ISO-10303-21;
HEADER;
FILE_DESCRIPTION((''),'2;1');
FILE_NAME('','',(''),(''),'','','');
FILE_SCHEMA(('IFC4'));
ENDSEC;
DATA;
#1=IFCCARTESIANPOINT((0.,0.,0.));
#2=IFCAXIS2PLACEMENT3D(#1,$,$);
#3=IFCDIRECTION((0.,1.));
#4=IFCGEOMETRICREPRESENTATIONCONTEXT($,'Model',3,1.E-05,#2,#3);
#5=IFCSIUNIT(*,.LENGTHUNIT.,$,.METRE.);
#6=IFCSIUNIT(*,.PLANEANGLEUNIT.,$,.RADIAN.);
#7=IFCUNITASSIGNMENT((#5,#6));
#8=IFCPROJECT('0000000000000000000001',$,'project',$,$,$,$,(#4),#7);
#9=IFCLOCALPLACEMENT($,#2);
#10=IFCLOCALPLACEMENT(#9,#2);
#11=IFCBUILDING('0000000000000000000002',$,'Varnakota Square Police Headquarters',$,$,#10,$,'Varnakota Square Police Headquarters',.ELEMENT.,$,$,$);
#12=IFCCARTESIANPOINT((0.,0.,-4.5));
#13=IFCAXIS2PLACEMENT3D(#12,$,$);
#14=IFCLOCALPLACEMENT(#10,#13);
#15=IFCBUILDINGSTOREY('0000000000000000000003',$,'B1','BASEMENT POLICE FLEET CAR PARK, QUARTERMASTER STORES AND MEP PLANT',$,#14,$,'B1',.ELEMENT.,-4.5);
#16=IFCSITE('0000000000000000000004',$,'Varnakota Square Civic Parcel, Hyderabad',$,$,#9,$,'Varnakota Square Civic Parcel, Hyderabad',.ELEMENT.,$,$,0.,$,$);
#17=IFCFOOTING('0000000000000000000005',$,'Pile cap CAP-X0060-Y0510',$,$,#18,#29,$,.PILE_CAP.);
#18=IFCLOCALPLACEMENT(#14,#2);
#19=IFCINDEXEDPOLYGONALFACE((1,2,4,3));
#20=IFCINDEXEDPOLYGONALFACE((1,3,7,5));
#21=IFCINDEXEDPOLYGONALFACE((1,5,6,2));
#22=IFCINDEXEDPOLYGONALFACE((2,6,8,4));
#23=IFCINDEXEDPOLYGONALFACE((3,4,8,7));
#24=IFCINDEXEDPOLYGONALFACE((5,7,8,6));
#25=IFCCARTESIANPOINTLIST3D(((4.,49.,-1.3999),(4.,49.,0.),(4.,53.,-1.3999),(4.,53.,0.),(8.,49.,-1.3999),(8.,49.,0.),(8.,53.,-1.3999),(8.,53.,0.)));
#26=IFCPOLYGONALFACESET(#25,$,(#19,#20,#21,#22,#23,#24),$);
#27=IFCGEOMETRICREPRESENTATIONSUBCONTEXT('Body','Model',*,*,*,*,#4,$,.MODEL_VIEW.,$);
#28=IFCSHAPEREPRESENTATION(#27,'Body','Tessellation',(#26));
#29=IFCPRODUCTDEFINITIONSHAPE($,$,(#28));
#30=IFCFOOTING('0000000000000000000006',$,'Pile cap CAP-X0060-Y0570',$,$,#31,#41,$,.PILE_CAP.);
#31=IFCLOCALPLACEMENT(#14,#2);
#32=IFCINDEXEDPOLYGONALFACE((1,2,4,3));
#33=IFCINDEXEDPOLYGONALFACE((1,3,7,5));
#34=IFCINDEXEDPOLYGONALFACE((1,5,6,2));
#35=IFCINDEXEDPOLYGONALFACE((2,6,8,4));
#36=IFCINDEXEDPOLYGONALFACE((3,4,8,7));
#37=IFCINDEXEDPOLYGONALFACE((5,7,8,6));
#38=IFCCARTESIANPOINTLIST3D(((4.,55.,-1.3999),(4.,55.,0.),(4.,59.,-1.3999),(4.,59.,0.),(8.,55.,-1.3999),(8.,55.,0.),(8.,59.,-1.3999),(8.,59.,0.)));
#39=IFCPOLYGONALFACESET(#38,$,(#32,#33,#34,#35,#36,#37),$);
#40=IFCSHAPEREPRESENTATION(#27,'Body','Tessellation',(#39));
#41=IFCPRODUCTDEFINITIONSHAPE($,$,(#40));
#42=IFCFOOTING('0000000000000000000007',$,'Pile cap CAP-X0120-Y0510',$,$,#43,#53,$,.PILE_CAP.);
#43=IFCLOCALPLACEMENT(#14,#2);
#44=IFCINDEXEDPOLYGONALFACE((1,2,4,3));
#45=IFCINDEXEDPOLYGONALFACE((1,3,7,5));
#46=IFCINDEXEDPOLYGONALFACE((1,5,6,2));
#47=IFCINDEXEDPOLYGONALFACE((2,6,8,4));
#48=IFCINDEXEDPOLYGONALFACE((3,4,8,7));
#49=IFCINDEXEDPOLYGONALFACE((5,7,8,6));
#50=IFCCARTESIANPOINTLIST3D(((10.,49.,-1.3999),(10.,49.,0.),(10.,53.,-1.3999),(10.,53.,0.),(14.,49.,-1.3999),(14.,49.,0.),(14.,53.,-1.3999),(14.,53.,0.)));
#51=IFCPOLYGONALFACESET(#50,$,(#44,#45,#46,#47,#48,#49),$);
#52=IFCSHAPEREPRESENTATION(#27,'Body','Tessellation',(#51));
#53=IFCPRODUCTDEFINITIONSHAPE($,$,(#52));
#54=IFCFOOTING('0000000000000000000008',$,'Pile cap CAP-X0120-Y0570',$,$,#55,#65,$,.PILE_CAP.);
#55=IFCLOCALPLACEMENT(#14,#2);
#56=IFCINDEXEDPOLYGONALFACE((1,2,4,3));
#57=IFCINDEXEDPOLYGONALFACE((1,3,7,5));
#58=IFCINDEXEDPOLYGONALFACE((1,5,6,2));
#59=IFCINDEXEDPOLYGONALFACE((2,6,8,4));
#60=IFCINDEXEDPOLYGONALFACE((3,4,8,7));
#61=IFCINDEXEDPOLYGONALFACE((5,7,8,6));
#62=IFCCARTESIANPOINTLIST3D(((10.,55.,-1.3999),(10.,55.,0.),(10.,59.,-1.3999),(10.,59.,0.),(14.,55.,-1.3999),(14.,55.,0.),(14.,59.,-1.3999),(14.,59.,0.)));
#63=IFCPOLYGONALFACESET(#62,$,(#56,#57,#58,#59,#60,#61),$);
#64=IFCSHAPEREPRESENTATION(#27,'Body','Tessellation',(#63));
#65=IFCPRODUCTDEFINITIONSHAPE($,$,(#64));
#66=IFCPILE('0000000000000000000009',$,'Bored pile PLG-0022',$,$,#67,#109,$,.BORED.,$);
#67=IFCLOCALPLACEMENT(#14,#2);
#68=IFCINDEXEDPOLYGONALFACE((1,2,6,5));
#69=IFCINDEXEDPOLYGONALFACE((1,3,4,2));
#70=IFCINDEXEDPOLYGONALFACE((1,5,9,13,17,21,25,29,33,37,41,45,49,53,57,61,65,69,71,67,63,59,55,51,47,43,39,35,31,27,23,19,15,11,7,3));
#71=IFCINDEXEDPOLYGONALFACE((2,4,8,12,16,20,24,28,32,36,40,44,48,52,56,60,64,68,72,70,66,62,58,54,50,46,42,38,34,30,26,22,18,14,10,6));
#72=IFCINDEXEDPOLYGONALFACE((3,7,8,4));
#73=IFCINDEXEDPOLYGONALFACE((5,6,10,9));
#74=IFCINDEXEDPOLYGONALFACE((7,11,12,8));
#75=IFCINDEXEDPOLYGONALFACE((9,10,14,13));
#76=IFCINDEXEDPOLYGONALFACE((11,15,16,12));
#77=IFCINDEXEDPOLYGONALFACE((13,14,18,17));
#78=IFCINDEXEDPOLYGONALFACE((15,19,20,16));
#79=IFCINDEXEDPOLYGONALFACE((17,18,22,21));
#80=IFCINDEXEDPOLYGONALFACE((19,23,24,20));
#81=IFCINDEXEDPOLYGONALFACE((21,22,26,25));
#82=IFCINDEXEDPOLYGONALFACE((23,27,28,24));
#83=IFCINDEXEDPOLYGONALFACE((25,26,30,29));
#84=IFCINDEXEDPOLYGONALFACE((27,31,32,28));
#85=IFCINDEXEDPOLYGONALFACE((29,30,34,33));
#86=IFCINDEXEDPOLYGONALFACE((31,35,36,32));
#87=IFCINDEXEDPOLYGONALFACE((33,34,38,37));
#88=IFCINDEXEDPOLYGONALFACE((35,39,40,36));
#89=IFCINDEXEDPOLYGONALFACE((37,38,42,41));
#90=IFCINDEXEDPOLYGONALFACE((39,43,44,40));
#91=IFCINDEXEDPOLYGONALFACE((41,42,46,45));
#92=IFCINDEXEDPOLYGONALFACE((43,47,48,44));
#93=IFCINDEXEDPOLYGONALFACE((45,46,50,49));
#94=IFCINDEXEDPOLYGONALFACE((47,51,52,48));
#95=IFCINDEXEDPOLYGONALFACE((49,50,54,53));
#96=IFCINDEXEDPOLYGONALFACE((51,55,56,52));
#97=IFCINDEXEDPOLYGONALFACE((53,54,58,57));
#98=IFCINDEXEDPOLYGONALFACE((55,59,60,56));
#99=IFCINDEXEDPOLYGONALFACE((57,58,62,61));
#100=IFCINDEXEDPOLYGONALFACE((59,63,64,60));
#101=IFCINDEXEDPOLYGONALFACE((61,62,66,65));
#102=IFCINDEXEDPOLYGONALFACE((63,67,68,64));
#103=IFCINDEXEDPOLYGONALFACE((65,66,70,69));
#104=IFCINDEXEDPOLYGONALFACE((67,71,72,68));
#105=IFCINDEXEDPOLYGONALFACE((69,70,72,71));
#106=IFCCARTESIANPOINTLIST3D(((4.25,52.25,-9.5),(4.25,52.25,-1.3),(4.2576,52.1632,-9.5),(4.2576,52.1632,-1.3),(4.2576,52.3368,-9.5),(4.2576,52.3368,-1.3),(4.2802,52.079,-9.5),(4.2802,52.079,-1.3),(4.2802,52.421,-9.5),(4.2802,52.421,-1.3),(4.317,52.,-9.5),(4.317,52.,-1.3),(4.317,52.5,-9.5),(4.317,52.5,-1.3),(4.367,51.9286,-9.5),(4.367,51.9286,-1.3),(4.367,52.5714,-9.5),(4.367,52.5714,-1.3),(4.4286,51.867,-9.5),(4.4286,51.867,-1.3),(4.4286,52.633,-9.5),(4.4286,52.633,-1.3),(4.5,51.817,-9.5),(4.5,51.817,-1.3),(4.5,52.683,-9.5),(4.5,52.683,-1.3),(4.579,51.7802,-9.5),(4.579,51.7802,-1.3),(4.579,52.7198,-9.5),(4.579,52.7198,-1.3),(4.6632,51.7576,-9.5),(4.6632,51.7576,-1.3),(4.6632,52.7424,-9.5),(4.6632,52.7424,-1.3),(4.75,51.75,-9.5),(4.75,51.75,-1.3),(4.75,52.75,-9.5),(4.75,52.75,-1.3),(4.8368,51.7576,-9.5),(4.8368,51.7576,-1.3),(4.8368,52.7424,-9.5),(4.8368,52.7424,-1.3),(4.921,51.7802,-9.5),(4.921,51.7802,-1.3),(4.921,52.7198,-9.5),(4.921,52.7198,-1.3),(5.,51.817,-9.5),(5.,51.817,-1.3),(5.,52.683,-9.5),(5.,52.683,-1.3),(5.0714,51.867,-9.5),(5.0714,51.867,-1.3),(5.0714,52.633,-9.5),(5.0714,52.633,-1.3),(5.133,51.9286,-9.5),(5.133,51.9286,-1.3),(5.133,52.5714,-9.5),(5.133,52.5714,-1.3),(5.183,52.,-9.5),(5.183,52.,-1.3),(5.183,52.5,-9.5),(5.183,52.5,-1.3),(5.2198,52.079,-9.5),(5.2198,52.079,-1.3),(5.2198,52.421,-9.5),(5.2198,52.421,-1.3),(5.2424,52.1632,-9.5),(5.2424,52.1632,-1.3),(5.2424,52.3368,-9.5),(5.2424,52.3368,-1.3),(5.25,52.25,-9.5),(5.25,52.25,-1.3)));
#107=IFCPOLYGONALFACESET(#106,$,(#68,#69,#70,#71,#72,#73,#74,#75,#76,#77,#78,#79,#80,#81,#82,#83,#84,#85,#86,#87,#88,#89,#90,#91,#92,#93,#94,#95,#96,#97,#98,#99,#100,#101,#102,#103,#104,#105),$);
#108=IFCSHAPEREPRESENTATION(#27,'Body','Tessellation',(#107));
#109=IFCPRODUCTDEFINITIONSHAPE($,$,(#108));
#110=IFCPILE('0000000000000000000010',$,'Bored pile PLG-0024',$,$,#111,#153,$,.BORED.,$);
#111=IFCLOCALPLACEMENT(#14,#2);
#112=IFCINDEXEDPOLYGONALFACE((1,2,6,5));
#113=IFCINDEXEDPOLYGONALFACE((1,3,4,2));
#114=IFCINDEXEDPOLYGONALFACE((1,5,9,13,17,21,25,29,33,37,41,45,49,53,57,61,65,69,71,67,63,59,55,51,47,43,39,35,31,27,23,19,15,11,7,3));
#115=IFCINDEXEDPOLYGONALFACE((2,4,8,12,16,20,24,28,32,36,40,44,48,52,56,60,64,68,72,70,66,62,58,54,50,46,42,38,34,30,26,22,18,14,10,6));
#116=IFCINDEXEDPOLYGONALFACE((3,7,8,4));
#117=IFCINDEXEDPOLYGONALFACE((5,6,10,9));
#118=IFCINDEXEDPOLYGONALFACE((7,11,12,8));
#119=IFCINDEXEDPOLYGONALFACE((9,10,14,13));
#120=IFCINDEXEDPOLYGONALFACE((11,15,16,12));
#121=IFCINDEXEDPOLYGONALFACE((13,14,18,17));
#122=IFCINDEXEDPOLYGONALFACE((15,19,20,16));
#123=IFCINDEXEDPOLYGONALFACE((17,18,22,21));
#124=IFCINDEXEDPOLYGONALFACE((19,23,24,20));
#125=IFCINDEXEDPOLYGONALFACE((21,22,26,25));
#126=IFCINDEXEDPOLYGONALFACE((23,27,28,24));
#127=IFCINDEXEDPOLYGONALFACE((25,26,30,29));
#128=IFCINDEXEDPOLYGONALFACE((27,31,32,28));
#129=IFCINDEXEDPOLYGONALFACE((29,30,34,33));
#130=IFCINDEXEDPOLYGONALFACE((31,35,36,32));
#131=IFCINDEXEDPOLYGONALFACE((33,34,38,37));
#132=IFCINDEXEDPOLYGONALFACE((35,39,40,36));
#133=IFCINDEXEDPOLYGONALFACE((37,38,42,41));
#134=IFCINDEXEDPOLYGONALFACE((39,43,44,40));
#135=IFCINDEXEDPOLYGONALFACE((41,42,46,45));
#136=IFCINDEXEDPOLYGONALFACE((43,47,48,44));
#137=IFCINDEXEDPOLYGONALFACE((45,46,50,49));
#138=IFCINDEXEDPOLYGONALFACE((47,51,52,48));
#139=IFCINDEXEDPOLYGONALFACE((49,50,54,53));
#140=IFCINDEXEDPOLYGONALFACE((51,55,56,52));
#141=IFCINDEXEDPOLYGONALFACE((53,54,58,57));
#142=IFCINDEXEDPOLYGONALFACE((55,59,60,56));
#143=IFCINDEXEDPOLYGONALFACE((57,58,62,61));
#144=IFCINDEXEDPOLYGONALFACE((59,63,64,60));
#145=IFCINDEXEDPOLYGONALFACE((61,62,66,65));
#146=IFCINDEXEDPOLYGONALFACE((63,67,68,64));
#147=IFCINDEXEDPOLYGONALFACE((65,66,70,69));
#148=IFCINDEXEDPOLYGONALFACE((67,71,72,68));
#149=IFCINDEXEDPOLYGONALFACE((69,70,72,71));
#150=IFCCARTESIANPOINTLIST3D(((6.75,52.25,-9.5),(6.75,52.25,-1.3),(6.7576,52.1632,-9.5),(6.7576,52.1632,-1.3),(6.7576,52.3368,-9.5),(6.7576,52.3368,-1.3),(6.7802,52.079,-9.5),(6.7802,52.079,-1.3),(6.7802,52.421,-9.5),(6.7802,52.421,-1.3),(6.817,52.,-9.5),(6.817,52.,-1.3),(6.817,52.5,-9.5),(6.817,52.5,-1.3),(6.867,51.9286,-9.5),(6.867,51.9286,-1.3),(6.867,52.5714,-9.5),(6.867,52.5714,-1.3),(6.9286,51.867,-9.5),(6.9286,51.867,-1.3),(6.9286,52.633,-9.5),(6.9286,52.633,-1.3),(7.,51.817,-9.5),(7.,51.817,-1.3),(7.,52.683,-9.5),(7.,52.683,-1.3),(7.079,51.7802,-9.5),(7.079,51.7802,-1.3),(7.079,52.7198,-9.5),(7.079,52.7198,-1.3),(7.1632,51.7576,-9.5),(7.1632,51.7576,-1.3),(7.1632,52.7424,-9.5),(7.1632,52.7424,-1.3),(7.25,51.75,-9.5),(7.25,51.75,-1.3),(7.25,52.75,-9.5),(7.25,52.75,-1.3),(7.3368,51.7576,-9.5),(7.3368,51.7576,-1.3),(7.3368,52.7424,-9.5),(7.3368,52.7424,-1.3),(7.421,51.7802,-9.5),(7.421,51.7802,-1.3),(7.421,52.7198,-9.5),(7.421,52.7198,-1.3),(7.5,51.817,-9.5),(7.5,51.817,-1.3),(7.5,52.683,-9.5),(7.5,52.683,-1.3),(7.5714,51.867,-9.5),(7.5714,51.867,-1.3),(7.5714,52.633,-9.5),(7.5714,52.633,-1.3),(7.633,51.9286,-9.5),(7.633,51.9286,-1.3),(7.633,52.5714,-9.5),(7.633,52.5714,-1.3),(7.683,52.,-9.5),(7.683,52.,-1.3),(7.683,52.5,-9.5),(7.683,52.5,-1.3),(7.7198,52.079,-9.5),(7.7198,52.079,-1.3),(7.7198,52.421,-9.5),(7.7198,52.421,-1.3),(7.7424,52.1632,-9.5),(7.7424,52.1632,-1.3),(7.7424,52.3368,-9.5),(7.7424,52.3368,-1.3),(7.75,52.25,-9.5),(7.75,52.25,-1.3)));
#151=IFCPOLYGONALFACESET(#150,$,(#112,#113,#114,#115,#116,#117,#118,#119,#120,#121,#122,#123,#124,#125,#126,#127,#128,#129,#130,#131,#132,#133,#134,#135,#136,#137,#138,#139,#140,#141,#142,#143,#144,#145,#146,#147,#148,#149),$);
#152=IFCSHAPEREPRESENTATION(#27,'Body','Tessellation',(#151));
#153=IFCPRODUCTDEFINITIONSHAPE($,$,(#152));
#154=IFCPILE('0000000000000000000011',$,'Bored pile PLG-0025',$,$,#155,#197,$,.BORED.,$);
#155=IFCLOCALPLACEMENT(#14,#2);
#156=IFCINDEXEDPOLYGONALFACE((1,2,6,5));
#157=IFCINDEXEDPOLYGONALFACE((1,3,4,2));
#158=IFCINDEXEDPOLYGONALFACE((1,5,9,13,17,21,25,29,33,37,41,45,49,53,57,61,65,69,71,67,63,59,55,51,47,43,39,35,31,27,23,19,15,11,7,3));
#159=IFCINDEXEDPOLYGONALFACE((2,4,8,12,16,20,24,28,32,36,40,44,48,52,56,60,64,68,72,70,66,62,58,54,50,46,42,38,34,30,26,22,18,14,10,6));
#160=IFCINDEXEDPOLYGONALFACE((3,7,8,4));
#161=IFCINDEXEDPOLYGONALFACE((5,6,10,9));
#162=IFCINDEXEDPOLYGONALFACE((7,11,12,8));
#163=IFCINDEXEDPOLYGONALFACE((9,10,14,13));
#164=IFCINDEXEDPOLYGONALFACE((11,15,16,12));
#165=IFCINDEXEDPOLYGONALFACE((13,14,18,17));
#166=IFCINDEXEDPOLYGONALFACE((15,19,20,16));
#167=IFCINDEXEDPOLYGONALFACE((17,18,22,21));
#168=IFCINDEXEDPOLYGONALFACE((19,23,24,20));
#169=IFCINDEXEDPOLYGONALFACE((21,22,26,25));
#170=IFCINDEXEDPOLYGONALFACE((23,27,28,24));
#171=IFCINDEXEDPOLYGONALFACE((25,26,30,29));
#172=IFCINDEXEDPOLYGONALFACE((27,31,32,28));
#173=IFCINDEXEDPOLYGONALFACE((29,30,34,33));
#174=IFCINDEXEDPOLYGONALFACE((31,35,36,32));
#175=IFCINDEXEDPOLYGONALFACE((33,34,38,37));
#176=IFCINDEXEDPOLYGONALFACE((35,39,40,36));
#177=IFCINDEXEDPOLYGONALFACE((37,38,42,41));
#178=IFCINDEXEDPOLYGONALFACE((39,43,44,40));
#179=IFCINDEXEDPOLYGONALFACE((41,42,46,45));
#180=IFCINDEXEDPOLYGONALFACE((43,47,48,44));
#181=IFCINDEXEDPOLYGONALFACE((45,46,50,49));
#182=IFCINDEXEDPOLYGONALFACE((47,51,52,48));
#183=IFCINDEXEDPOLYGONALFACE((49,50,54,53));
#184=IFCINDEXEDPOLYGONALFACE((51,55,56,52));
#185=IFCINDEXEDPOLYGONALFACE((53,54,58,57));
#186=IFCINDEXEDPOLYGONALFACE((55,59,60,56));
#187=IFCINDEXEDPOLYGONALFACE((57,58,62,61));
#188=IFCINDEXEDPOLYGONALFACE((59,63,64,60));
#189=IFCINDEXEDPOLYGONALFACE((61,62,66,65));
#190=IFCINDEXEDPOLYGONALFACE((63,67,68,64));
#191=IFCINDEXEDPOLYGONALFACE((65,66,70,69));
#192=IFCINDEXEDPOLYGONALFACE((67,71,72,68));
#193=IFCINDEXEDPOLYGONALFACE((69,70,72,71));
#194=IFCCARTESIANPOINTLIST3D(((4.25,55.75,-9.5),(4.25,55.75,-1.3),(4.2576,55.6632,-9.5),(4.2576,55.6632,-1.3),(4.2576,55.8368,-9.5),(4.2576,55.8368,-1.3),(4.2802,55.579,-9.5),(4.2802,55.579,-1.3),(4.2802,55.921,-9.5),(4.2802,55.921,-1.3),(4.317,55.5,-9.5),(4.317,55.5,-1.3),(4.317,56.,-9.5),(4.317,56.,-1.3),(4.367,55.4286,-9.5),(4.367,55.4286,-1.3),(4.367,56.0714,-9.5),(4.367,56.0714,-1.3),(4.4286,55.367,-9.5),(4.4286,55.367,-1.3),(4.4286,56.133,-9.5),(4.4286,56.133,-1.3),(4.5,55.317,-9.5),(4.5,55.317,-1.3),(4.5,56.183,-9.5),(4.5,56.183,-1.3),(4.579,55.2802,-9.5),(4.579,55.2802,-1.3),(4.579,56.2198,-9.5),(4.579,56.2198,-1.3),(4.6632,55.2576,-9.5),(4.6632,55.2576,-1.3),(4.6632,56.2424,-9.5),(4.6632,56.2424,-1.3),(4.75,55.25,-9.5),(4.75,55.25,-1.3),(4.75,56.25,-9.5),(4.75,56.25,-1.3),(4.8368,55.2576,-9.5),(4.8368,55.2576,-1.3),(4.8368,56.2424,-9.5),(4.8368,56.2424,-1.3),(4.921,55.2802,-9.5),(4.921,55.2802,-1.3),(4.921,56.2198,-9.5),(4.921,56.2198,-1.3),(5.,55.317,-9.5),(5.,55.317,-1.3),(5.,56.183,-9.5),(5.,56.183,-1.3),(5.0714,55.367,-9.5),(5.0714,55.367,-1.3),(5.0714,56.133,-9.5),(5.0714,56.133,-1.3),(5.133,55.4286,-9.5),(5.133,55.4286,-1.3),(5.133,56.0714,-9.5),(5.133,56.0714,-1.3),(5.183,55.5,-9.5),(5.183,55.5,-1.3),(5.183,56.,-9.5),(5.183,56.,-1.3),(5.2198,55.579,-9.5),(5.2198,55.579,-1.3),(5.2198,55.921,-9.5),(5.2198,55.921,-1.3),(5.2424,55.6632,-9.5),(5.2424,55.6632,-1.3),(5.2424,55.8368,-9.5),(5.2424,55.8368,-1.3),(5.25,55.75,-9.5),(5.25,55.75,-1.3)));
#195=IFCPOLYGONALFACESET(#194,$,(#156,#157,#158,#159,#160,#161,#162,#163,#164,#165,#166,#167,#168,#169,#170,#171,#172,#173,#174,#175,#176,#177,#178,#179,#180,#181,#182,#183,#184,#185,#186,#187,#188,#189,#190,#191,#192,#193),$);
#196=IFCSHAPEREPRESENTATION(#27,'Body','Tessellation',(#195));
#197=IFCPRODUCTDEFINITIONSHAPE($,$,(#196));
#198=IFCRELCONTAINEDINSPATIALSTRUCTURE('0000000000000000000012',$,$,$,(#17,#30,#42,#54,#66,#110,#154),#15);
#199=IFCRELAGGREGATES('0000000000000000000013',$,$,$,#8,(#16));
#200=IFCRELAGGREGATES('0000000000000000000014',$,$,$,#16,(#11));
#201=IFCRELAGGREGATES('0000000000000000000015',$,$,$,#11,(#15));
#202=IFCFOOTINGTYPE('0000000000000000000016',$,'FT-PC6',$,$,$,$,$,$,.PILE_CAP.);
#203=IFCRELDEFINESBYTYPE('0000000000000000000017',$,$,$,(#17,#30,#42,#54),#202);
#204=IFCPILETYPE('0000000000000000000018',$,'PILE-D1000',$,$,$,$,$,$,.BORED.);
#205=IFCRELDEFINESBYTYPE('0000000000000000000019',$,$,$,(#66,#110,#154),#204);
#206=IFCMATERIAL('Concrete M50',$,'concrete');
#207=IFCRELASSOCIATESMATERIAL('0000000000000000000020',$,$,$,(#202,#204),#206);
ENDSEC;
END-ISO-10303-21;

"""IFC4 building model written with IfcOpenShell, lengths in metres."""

from ifc_helpers import new_model, si_unit, direction, frame, origin, origin_2d, place, context, subcontext, project, spatial, rectangle, circle, extrude, material, material_profile, profile_set, type_object, element, save


model = new_model("IFC4")

# Units and contexts
model_context = context("Model", 3, precision=1e-05, world=origin(), true_north=direction((0.0, 1.0)))
body_context = subcontext(model_context, "Body", "Model", "MODEL_VIEW")
ifc_project = project(units=[si_unit("LENGTHUNIT", "METRE"), si_unit("PLANEANGLEUNIT", "RADIAN")], contexts=[model_context])

# Site, building, storey
site_placement = place(None, origin())
site = spatial("IfcSite", under=ifc_project, at=site_placement, Name="Varnakota Square Civic Parcel, Hyderabad", LongName="Varnakota Square Civic Parcel, Hyderabad", CompositionType="ELEMENT", RefElevation=0.0)
building_placement = place(site_placement, origin())
building = spatial("IfcBuilding", under=site, at=building_placement, Name="Varnakota Square Police Headquarters", LongName="Varnakota Square Police Headquarters", CompositionType="ELEMENT")
storey_placement = place(building_placement, frame((0.0, 0.0, -4.5)))
storey = spatial("IfcBuildingStorey", under=building, at=storey_placement, Name="B1", Description="BASEMENT POLICE FLEET CAR PARK, QUARTERMASTER STORES AND MEP PLANT", LongName="B1", CompositionType="ELEMENT", Elevation=-4.5)

# Footings
ifc_material_1 = material(Name="Concrete M50", Category="concrete")
footing_type = type_object("IfcFootingType", Name="FT-PC6", PredefinedType="PILE_CAP", material=ifc_material_1)
for number, where, z_axis, x_axis, name in (
    (1, (6.0, 51.0, -1.3999), (0.0, 0.0, 1.0), (1.0, 0.0, 0.0), "Pile cap CAP-X0060-Y0510"),
    (2, (6.0, 57.0, -1.3999), (0.0, 0.0, 1.0), (1.0, 0.0, 0.0), "Pile cap CAP-X0060-Y0570"),
    (3, (12.0, 51.0, -1.3999), (0.0, 0.0, 1.0), (1.0, 0.0, 0.0), "Pile cap CAP-X0120-Y0510"),
    (4, (12.0, 57.0, -1.3999), (0.0, 0.0, 1.0), (1.0, 0.0, 0.0), "Pile cap CAP-X0120-Y0570"),
):
    element("IfcFooting", number, at=place(storey_placement, frame(where, z_axis=z_axis, x_axis=x_axis)), inside=storey, type_object=footing_type, Name=name, PredefinedType="PILE_CAP", context=body_context, shape_type="SweptSolid", body=[
        extrude(rectangle(XDim=4.0, YDim=4.0, at=origin_2d()), origin(), (0.0, 0.0, 1.0), 1.3999),
    ])

# Piles
ifc_material_profile_1 = material_profile(ifc_material_1, circle(Radius=0.5, at=origin_2d()), Name="BORED PILE 1000")
ifc_profile_set_1 = profile_set([ifc_material_profile_1], Name="Concrete M50")
pile_type = type_object("IfcPileType", Name="PILE-D1000", PredefinedType="BORED", material=ifc_profile_set_1)
for number, where, z_axis, x_axis, name in (
    (5, (4.75, 52.25, -1.3), (0.0, 0.0, -1.0), (1.0, 0.0, 0.0), "Bored pile PLG-0022"),
    (6, (7.25, 52.25, -1.3), (0.0, 0.0, -1.0), (1.0, 0.0, 0.0), "Bored pile PLG-0024"),
    (7, (4.75, 55.75, -1.3), (0.0, 0.0, -1.0), (1.0, 0.0, 0.0), "Bored pile PLG-0025"),
):
    element("IfcPile", number, at=place(storey_placement, frame(where, z_axis=z_axis, x_axis=x_axis)), inside=storey, type_object=pile_type, Name=name, PredefinedType="BORED", context=body_context, shape_type="SweptSolid", body=[
        extrude(circle(Radius=0.5, at=origin_2d()), origin(), (0.0, 0.0, 1.0), 8.2),
    ])

save(model, "model.ifc")
